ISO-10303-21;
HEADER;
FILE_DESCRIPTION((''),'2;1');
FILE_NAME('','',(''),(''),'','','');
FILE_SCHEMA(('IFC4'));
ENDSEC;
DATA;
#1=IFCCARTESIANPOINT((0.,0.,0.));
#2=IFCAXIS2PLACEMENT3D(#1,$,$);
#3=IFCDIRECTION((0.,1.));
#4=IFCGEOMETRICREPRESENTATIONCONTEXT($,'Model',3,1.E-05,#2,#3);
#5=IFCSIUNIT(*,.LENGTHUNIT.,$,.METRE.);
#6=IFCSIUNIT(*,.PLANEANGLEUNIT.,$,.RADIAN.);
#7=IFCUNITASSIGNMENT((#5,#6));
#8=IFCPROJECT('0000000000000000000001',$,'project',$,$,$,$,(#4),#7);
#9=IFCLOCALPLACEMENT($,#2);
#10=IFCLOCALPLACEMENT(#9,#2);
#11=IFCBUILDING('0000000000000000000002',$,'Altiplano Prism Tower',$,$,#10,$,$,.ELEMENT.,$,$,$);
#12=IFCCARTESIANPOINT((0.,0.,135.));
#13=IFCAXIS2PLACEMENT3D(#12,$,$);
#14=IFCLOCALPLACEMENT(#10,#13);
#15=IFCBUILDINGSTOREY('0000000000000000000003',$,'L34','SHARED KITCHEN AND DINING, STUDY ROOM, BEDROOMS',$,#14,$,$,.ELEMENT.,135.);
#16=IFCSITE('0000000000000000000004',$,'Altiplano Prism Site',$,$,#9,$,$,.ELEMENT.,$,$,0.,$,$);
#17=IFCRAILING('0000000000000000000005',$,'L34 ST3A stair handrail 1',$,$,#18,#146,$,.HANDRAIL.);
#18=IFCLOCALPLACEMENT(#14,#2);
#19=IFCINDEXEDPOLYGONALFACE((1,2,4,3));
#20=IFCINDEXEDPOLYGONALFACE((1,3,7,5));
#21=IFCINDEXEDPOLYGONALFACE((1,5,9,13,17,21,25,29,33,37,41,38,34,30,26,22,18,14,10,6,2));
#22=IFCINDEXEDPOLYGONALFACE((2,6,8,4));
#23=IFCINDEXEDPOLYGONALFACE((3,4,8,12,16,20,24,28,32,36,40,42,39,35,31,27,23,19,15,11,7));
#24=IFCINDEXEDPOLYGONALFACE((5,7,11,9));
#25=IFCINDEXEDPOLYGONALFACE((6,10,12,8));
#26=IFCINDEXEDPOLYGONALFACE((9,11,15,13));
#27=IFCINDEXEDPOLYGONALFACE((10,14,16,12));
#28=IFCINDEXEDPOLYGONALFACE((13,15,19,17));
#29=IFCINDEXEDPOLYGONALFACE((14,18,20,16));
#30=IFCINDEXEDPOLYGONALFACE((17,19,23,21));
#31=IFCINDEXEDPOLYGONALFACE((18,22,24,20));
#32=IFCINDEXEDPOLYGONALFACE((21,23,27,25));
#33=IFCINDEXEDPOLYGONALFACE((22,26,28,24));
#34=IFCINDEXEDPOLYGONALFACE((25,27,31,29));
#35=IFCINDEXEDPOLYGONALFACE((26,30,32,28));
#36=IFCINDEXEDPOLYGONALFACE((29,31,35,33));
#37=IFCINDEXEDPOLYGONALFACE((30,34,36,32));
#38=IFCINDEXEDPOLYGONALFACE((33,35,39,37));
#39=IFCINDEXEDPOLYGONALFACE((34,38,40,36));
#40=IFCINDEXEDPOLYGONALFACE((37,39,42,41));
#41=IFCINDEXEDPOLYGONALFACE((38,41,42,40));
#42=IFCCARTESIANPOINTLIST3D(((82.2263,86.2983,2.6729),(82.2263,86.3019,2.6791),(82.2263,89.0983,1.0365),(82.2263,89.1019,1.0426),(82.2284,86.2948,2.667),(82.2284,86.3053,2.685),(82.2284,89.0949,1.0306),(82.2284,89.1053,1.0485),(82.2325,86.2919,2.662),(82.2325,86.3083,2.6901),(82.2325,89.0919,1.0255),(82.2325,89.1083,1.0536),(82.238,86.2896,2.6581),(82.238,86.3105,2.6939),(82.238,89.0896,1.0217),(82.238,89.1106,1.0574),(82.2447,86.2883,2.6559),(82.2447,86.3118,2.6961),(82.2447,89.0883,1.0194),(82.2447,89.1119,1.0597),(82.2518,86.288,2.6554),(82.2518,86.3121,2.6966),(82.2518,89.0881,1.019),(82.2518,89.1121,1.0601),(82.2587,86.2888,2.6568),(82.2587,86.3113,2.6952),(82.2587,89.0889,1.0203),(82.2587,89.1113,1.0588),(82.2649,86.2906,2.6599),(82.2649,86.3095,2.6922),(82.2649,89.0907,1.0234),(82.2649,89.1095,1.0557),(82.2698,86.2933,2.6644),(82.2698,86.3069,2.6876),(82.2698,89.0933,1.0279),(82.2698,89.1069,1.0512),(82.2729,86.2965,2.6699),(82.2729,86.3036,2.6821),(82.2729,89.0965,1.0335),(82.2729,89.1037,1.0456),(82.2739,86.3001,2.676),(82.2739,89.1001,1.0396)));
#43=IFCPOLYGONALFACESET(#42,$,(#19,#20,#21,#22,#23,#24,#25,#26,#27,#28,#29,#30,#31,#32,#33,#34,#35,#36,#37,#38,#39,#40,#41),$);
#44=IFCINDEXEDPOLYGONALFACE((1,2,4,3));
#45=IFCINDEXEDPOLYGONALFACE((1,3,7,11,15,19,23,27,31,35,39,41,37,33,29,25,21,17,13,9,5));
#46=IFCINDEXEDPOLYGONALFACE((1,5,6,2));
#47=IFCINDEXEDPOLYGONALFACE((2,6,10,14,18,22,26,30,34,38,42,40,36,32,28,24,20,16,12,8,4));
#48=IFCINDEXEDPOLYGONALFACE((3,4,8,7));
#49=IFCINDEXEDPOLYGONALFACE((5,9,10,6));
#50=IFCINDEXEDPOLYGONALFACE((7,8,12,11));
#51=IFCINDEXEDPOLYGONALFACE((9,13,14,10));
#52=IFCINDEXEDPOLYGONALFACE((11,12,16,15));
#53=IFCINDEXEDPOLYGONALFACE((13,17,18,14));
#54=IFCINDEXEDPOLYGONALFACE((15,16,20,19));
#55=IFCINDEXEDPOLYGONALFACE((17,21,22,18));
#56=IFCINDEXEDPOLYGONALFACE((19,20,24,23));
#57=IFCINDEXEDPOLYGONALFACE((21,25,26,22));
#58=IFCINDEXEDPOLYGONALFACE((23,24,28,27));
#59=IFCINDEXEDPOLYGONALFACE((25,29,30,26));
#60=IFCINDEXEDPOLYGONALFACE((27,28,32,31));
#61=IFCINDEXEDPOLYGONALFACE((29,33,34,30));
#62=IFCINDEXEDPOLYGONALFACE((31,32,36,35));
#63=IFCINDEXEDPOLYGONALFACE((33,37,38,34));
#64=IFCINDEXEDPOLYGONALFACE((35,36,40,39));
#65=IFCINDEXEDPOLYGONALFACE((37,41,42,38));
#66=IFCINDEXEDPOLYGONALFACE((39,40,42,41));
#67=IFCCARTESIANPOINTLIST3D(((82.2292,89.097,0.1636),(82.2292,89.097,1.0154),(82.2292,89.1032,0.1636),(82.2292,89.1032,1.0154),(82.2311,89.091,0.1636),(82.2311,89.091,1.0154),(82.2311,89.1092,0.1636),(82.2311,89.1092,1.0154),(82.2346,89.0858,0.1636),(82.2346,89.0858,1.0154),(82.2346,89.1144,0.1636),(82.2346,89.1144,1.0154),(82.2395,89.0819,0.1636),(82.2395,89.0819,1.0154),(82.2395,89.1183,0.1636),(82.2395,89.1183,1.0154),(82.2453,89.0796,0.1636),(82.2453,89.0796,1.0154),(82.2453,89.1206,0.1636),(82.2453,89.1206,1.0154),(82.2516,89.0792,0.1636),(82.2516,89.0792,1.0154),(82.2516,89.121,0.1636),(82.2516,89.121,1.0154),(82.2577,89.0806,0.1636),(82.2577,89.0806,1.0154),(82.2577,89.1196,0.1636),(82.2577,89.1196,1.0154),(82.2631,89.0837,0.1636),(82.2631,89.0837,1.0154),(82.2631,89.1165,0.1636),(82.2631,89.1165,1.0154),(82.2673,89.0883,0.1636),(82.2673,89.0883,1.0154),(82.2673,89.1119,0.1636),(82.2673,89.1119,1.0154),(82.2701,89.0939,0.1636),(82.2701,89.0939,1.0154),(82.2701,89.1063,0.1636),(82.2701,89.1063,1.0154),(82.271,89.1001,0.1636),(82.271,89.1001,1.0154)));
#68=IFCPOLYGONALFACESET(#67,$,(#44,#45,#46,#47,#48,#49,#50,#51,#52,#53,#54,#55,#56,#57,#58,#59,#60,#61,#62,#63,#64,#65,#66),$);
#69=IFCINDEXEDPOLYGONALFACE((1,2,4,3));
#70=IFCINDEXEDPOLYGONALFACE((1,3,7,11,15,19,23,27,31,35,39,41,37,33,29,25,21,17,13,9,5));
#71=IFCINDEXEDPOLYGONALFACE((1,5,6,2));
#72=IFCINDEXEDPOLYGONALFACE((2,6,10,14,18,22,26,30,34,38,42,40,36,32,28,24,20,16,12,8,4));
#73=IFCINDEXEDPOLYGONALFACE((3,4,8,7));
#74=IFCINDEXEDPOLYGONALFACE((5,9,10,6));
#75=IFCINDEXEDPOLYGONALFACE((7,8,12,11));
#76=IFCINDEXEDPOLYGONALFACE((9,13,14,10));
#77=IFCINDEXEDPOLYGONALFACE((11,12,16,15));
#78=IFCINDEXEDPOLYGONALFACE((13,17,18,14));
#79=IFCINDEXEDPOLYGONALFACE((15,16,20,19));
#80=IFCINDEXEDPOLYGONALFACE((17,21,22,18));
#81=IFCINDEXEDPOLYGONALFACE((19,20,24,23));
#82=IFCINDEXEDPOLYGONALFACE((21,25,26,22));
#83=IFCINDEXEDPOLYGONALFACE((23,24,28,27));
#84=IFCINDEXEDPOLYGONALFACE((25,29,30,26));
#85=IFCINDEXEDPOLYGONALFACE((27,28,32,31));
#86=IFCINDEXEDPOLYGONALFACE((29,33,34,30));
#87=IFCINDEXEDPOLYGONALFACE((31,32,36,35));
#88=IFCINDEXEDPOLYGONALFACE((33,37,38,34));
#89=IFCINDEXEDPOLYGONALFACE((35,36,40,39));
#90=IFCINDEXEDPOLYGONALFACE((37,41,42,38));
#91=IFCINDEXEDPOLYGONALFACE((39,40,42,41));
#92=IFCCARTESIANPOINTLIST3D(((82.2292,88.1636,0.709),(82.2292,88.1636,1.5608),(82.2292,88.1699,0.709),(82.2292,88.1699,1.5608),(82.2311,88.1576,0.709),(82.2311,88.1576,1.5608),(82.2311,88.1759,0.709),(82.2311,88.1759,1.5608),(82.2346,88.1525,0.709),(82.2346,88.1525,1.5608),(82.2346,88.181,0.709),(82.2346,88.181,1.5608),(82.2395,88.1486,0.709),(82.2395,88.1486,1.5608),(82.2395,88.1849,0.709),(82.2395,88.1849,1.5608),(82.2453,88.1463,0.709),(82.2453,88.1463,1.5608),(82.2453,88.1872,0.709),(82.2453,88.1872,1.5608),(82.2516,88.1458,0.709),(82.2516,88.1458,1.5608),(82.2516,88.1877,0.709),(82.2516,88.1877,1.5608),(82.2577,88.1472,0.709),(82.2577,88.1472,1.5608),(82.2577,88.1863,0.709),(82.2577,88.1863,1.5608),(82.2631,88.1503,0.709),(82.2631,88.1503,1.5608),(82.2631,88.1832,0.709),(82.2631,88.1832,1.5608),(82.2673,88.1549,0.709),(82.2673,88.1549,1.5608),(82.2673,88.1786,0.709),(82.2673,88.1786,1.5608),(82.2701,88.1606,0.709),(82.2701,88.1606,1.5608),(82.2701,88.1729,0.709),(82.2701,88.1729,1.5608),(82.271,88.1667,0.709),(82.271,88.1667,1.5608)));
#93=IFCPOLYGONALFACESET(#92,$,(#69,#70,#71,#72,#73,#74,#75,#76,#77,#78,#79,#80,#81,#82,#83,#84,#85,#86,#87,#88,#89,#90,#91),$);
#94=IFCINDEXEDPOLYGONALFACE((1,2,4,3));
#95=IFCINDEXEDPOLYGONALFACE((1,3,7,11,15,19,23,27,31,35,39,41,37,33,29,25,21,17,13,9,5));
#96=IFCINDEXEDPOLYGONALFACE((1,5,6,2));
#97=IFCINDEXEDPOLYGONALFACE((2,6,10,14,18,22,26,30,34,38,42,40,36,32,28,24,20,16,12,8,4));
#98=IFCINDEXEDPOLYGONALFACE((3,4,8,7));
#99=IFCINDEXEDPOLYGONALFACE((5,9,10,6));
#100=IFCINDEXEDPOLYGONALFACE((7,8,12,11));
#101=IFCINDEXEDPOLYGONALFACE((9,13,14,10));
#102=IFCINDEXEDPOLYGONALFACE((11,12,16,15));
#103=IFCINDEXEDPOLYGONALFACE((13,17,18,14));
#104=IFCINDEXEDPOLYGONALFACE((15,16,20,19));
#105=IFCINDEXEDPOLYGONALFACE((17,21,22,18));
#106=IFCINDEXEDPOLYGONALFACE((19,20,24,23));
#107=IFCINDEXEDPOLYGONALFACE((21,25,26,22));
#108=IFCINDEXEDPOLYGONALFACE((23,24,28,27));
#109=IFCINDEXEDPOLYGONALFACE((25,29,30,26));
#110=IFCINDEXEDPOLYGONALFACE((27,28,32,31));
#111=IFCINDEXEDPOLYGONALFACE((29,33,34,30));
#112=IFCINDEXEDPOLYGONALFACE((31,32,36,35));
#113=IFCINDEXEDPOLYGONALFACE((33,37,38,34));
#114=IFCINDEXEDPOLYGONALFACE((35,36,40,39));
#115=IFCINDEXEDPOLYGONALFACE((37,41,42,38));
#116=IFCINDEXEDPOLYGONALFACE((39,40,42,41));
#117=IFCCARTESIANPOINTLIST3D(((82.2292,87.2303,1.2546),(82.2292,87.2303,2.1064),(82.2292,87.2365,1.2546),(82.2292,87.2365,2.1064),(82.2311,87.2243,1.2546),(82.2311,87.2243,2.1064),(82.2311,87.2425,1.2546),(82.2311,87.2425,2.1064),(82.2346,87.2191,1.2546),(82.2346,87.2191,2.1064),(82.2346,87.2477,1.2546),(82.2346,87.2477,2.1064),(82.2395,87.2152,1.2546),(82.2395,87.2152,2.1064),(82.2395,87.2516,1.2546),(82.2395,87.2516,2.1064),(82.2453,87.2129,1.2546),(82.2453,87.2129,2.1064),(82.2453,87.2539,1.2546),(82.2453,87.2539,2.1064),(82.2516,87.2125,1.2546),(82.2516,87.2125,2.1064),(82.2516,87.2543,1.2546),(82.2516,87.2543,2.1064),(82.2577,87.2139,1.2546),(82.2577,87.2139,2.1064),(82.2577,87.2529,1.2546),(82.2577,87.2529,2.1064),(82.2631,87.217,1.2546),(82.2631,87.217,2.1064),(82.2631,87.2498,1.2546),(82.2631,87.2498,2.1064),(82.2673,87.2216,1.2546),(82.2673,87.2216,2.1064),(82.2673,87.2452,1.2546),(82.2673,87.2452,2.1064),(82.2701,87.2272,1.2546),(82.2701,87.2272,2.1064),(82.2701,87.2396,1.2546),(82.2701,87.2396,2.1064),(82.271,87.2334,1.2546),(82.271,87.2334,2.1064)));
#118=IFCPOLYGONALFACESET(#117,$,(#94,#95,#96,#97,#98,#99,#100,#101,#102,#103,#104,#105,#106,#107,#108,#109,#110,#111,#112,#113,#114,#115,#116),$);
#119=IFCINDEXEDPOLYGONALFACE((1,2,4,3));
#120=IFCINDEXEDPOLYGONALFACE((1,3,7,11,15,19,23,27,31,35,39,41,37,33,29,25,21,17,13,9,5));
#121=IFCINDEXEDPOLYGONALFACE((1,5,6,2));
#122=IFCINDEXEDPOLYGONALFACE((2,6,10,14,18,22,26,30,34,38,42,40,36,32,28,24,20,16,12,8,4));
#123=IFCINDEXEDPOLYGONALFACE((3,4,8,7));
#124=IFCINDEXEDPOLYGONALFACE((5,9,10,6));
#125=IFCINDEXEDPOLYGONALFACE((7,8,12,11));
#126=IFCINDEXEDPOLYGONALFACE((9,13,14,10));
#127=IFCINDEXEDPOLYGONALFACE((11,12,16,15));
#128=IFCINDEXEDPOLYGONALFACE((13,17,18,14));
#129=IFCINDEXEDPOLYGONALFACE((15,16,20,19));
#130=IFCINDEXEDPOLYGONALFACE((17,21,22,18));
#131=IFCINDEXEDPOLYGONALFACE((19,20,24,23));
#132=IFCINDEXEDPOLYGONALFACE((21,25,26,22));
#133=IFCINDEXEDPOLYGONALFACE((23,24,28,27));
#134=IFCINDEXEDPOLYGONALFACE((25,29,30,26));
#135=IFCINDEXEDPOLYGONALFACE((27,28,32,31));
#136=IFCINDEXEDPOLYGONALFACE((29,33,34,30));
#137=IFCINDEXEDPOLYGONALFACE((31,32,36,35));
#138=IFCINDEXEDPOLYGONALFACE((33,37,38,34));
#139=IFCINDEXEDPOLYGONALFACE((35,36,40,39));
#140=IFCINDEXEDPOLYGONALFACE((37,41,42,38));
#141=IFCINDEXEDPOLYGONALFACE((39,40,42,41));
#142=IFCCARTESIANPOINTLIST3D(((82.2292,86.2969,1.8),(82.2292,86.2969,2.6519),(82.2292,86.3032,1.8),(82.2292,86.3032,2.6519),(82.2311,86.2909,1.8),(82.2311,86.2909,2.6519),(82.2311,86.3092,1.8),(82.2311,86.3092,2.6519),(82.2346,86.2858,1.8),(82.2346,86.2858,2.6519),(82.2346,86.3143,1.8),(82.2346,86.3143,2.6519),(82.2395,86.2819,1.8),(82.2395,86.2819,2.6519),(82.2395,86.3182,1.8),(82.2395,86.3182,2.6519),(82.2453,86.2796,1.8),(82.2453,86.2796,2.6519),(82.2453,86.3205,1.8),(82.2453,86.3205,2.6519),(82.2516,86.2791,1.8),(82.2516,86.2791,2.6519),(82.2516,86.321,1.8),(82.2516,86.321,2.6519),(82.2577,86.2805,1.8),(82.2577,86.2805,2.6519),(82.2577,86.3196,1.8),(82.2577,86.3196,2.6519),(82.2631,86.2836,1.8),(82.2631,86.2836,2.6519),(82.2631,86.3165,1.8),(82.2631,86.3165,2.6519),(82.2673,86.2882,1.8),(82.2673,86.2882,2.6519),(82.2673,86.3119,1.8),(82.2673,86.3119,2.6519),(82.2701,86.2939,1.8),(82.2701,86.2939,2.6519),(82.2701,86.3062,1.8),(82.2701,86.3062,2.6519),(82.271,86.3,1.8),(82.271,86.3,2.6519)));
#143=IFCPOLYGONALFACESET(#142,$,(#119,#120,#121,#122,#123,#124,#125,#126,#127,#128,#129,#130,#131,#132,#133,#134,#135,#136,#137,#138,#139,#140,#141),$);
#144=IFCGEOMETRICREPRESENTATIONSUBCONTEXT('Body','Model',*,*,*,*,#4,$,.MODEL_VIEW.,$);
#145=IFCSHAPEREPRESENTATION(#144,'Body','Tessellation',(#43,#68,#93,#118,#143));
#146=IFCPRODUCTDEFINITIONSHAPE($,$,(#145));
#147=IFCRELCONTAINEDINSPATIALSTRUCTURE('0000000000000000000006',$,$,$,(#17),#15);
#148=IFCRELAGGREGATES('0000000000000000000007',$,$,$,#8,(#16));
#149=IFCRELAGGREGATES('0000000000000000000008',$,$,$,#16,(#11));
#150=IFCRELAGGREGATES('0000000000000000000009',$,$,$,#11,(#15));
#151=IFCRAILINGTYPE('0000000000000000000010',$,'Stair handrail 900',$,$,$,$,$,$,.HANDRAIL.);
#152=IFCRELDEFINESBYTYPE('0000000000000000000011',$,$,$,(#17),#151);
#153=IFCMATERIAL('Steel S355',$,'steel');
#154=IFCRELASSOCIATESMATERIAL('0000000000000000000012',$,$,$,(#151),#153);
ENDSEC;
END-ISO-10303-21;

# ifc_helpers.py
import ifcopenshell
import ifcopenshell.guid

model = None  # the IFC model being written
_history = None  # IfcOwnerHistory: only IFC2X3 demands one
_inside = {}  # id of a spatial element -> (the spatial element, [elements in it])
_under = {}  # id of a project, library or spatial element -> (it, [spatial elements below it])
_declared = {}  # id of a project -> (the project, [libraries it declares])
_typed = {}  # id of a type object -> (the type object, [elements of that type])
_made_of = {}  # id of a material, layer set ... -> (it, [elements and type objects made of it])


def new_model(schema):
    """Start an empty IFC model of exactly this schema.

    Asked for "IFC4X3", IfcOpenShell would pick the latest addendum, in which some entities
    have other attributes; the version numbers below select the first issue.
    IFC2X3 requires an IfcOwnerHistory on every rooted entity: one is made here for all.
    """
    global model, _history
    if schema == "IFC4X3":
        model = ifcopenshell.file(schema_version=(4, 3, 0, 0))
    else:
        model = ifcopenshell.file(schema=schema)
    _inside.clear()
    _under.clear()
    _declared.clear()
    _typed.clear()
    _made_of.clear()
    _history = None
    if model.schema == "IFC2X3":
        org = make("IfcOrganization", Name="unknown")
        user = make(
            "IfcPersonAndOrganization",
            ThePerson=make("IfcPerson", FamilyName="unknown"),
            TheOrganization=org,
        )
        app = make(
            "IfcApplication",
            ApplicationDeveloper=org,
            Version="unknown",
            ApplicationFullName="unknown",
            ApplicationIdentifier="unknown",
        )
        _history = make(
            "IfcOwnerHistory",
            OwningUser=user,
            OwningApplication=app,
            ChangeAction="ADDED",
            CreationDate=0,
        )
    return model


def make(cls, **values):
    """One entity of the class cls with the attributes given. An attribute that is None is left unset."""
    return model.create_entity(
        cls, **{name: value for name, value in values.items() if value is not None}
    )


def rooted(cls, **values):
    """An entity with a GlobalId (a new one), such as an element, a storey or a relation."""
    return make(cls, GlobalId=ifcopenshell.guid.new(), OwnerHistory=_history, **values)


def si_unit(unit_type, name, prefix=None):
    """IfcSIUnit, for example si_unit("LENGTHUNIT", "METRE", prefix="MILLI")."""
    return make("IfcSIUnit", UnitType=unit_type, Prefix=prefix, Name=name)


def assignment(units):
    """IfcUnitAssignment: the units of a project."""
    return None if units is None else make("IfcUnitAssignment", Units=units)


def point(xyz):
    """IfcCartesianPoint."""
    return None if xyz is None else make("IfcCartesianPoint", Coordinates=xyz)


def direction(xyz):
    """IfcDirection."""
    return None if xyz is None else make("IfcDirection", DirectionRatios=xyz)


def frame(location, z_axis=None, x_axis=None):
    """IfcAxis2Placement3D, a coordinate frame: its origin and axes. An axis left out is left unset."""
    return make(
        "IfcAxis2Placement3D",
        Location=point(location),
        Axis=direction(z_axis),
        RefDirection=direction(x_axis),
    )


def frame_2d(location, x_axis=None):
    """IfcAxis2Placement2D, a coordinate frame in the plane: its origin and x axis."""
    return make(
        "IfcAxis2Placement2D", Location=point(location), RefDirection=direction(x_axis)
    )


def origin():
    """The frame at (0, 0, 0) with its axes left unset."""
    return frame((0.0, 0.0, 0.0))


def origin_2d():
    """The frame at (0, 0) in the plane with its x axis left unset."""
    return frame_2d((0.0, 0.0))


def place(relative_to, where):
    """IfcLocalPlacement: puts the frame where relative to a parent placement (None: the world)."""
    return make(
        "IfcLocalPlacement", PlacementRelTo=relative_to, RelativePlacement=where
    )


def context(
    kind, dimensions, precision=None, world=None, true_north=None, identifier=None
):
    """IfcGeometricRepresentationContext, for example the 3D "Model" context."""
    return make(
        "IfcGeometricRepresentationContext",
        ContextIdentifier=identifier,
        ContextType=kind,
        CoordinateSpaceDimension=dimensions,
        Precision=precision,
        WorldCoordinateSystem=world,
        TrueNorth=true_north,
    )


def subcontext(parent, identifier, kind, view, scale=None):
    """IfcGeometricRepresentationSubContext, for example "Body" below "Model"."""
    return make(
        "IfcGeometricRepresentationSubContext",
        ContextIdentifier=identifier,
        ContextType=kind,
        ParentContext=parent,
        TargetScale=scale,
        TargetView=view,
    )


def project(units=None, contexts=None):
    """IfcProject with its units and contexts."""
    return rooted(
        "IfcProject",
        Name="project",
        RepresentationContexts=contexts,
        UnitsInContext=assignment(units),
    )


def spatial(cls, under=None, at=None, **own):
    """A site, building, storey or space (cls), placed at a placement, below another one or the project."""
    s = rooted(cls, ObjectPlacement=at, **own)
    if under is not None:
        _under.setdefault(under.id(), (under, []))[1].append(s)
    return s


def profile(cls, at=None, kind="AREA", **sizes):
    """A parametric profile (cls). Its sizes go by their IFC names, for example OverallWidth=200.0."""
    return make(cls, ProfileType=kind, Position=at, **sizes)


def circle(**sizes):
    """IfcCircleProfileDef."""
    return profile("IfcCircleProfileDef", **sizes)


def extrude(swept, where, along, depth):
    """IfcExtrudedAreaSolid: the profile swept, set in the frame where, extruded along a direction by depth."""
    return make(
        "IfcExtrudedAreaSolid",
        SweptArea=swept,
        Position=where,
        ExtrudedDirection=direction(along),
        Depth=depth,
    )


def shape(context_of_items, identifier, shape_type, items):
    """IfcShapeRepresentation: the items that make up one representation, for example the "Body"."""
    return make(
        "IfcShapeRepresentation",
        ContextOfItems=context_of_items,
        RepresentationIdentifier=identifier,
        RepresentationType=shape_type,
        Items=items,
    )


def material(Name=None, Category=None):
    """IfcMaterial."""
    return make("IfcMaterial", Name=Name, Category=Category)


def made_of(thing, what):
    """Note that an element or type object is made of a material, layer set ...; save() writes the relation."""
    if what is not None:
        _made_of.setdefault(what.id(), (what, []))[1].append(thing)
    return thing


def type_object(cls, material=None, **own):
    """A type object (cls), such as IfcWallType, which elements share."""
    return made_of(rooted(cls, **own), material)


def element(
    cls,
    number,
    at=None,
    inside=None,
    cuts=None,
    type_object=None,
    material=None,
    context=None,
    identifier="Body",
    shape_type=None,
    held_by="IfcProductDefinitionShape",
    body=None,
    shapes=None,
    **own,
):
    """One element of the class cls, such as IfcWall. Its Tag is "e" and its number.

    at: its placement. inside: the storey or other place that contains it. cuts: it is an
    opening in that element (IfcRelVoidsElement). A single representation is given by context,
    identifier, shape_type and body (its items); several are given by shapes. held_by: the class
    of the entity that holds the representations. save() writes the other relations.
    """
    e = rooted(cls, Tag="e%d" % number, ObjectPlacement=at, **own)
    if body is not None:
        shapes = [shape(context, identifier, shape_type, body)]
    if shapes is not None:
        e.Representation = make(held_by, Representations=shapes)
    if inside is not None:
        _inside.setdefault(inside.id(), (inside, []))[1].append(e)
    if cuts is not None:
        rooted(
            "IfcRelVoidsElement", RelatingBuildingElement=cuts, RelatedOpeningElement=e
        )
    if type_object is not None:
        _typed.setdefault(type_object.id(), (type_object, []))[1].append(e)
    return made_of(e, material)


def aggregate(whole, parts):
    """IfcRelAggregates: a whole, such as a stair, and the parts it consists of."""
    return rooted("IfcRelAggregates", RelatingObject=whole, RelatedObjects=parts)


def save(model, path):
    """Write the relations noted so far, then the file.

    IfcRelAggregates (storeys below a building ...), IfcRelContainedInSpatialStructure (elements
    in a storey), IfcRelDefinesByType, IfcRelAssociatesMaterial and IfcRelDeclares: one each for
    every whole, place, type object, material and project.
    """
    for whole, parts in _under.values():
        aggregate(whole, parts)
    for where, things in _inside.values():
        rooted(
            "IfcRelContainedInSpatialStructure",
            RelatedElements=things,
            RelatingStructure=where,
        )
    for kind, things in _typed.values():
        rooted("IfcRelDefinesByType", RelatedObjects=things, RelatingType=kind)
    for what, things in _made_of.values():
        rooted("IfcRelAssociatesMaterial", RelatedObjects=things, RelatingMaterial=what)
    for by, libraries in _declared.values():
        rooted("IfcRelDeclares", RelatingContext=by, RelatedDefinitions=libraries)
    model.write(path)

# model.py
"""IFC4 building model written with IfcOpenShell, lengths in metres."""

from ifc_helpers import new_model, si_unit, direction, frame, origin, origin_2d, place, context, subcontext, project, spatial, circle, extrude, material, type_object, element, save


model = new_model("IFC4")

# Units and contexts
model_context = context("Model", 3, precision=1e-05, world=origin(), true_north=direction((0.0, 1.0)))
body_context = subcontext(model_context, "Body", "Model", "MODEL_VIEW")
ifc_project = project(units=[si_unit("LENGTHUNIT", "METRE"), si_unit("PLANEANGLEUNIT", "RADIAN")], contexts=[model_context])

# Site, building, storey
site_placement = place(None, origin())
site = spatial("IfcSite", under=ifc_project, at=site_placement, Name="Altiplano Prism Site", CompositionType="ELEMENT", RefElevation=0.0)
building_placement = place(site_placement, origin())
building = spatial("IfcBuilding", under=site, at=building_placement, Name="Altiplano Prism Tower", CompositionType="ELEMENT")
storey_placement = place(building_placement, frame((0.0, 0.0, 135.0)))
storey = spatial("IfcBuildingStorey", under=building, at=storey_placement, Name="L34", Description="SHARED KITCHEN AND DINING, STUDY ROOM, BEDROOMS", CompositionType="ELEMENT", Elevation=135.0)

# Railing
ifc_material_1 = material(Name="Steel S355", Category="steel")
railing_type_1 = type_object("IfcRailingType", Name="Stair handrail 900", PredefinedType="HANDRAIL", material=ifc_material_1)
railing_1_placement = place(storey_placement, frame((82.25, 89.1001, 0.1636)))
element("IfcRailing", 1, at=railing_1_placement, inside=storey, type_object=railing_type_1, Name="L34 ST3A stair handrail 1", PredefinedType="HANDRAIL", context=body_context, shape_type="SweptSolid", body=[
    extrude(circle(Radius=0.0239, at=origin_2d()), frame((0.0, 0.0, 0.876), z_axis=(0.0, -0.863361, 0.504587), x_axis=(1.0, 0.0, 0.0)), (0.0, 0.0, 1.0), 3.2432),
    extrude(circle(Radius=0.021, at=origin_2d()), origin(), (0.0, 0.0, 1.0), 0.8518),
    extrude(circle(Radius=0.021, at=origin_2d()), frame((0.0, -0.9333, 0.5454)), (0.0, 0.0, 1.0), 0.8518),
    extrude(circle(Radius=0.021, at=origin_2d()), frame((0.0, -1.8667, 1.0911)), (0.0, 0.0, 1.0), 0.8518),
    extrude(circle(Radius=0.021, at=origin_2d()), frame((0.0, -2.8, 1.6365)), (0.0, 0.0, 1.0), 0.8518),
])

save(model, "model.ifc")
